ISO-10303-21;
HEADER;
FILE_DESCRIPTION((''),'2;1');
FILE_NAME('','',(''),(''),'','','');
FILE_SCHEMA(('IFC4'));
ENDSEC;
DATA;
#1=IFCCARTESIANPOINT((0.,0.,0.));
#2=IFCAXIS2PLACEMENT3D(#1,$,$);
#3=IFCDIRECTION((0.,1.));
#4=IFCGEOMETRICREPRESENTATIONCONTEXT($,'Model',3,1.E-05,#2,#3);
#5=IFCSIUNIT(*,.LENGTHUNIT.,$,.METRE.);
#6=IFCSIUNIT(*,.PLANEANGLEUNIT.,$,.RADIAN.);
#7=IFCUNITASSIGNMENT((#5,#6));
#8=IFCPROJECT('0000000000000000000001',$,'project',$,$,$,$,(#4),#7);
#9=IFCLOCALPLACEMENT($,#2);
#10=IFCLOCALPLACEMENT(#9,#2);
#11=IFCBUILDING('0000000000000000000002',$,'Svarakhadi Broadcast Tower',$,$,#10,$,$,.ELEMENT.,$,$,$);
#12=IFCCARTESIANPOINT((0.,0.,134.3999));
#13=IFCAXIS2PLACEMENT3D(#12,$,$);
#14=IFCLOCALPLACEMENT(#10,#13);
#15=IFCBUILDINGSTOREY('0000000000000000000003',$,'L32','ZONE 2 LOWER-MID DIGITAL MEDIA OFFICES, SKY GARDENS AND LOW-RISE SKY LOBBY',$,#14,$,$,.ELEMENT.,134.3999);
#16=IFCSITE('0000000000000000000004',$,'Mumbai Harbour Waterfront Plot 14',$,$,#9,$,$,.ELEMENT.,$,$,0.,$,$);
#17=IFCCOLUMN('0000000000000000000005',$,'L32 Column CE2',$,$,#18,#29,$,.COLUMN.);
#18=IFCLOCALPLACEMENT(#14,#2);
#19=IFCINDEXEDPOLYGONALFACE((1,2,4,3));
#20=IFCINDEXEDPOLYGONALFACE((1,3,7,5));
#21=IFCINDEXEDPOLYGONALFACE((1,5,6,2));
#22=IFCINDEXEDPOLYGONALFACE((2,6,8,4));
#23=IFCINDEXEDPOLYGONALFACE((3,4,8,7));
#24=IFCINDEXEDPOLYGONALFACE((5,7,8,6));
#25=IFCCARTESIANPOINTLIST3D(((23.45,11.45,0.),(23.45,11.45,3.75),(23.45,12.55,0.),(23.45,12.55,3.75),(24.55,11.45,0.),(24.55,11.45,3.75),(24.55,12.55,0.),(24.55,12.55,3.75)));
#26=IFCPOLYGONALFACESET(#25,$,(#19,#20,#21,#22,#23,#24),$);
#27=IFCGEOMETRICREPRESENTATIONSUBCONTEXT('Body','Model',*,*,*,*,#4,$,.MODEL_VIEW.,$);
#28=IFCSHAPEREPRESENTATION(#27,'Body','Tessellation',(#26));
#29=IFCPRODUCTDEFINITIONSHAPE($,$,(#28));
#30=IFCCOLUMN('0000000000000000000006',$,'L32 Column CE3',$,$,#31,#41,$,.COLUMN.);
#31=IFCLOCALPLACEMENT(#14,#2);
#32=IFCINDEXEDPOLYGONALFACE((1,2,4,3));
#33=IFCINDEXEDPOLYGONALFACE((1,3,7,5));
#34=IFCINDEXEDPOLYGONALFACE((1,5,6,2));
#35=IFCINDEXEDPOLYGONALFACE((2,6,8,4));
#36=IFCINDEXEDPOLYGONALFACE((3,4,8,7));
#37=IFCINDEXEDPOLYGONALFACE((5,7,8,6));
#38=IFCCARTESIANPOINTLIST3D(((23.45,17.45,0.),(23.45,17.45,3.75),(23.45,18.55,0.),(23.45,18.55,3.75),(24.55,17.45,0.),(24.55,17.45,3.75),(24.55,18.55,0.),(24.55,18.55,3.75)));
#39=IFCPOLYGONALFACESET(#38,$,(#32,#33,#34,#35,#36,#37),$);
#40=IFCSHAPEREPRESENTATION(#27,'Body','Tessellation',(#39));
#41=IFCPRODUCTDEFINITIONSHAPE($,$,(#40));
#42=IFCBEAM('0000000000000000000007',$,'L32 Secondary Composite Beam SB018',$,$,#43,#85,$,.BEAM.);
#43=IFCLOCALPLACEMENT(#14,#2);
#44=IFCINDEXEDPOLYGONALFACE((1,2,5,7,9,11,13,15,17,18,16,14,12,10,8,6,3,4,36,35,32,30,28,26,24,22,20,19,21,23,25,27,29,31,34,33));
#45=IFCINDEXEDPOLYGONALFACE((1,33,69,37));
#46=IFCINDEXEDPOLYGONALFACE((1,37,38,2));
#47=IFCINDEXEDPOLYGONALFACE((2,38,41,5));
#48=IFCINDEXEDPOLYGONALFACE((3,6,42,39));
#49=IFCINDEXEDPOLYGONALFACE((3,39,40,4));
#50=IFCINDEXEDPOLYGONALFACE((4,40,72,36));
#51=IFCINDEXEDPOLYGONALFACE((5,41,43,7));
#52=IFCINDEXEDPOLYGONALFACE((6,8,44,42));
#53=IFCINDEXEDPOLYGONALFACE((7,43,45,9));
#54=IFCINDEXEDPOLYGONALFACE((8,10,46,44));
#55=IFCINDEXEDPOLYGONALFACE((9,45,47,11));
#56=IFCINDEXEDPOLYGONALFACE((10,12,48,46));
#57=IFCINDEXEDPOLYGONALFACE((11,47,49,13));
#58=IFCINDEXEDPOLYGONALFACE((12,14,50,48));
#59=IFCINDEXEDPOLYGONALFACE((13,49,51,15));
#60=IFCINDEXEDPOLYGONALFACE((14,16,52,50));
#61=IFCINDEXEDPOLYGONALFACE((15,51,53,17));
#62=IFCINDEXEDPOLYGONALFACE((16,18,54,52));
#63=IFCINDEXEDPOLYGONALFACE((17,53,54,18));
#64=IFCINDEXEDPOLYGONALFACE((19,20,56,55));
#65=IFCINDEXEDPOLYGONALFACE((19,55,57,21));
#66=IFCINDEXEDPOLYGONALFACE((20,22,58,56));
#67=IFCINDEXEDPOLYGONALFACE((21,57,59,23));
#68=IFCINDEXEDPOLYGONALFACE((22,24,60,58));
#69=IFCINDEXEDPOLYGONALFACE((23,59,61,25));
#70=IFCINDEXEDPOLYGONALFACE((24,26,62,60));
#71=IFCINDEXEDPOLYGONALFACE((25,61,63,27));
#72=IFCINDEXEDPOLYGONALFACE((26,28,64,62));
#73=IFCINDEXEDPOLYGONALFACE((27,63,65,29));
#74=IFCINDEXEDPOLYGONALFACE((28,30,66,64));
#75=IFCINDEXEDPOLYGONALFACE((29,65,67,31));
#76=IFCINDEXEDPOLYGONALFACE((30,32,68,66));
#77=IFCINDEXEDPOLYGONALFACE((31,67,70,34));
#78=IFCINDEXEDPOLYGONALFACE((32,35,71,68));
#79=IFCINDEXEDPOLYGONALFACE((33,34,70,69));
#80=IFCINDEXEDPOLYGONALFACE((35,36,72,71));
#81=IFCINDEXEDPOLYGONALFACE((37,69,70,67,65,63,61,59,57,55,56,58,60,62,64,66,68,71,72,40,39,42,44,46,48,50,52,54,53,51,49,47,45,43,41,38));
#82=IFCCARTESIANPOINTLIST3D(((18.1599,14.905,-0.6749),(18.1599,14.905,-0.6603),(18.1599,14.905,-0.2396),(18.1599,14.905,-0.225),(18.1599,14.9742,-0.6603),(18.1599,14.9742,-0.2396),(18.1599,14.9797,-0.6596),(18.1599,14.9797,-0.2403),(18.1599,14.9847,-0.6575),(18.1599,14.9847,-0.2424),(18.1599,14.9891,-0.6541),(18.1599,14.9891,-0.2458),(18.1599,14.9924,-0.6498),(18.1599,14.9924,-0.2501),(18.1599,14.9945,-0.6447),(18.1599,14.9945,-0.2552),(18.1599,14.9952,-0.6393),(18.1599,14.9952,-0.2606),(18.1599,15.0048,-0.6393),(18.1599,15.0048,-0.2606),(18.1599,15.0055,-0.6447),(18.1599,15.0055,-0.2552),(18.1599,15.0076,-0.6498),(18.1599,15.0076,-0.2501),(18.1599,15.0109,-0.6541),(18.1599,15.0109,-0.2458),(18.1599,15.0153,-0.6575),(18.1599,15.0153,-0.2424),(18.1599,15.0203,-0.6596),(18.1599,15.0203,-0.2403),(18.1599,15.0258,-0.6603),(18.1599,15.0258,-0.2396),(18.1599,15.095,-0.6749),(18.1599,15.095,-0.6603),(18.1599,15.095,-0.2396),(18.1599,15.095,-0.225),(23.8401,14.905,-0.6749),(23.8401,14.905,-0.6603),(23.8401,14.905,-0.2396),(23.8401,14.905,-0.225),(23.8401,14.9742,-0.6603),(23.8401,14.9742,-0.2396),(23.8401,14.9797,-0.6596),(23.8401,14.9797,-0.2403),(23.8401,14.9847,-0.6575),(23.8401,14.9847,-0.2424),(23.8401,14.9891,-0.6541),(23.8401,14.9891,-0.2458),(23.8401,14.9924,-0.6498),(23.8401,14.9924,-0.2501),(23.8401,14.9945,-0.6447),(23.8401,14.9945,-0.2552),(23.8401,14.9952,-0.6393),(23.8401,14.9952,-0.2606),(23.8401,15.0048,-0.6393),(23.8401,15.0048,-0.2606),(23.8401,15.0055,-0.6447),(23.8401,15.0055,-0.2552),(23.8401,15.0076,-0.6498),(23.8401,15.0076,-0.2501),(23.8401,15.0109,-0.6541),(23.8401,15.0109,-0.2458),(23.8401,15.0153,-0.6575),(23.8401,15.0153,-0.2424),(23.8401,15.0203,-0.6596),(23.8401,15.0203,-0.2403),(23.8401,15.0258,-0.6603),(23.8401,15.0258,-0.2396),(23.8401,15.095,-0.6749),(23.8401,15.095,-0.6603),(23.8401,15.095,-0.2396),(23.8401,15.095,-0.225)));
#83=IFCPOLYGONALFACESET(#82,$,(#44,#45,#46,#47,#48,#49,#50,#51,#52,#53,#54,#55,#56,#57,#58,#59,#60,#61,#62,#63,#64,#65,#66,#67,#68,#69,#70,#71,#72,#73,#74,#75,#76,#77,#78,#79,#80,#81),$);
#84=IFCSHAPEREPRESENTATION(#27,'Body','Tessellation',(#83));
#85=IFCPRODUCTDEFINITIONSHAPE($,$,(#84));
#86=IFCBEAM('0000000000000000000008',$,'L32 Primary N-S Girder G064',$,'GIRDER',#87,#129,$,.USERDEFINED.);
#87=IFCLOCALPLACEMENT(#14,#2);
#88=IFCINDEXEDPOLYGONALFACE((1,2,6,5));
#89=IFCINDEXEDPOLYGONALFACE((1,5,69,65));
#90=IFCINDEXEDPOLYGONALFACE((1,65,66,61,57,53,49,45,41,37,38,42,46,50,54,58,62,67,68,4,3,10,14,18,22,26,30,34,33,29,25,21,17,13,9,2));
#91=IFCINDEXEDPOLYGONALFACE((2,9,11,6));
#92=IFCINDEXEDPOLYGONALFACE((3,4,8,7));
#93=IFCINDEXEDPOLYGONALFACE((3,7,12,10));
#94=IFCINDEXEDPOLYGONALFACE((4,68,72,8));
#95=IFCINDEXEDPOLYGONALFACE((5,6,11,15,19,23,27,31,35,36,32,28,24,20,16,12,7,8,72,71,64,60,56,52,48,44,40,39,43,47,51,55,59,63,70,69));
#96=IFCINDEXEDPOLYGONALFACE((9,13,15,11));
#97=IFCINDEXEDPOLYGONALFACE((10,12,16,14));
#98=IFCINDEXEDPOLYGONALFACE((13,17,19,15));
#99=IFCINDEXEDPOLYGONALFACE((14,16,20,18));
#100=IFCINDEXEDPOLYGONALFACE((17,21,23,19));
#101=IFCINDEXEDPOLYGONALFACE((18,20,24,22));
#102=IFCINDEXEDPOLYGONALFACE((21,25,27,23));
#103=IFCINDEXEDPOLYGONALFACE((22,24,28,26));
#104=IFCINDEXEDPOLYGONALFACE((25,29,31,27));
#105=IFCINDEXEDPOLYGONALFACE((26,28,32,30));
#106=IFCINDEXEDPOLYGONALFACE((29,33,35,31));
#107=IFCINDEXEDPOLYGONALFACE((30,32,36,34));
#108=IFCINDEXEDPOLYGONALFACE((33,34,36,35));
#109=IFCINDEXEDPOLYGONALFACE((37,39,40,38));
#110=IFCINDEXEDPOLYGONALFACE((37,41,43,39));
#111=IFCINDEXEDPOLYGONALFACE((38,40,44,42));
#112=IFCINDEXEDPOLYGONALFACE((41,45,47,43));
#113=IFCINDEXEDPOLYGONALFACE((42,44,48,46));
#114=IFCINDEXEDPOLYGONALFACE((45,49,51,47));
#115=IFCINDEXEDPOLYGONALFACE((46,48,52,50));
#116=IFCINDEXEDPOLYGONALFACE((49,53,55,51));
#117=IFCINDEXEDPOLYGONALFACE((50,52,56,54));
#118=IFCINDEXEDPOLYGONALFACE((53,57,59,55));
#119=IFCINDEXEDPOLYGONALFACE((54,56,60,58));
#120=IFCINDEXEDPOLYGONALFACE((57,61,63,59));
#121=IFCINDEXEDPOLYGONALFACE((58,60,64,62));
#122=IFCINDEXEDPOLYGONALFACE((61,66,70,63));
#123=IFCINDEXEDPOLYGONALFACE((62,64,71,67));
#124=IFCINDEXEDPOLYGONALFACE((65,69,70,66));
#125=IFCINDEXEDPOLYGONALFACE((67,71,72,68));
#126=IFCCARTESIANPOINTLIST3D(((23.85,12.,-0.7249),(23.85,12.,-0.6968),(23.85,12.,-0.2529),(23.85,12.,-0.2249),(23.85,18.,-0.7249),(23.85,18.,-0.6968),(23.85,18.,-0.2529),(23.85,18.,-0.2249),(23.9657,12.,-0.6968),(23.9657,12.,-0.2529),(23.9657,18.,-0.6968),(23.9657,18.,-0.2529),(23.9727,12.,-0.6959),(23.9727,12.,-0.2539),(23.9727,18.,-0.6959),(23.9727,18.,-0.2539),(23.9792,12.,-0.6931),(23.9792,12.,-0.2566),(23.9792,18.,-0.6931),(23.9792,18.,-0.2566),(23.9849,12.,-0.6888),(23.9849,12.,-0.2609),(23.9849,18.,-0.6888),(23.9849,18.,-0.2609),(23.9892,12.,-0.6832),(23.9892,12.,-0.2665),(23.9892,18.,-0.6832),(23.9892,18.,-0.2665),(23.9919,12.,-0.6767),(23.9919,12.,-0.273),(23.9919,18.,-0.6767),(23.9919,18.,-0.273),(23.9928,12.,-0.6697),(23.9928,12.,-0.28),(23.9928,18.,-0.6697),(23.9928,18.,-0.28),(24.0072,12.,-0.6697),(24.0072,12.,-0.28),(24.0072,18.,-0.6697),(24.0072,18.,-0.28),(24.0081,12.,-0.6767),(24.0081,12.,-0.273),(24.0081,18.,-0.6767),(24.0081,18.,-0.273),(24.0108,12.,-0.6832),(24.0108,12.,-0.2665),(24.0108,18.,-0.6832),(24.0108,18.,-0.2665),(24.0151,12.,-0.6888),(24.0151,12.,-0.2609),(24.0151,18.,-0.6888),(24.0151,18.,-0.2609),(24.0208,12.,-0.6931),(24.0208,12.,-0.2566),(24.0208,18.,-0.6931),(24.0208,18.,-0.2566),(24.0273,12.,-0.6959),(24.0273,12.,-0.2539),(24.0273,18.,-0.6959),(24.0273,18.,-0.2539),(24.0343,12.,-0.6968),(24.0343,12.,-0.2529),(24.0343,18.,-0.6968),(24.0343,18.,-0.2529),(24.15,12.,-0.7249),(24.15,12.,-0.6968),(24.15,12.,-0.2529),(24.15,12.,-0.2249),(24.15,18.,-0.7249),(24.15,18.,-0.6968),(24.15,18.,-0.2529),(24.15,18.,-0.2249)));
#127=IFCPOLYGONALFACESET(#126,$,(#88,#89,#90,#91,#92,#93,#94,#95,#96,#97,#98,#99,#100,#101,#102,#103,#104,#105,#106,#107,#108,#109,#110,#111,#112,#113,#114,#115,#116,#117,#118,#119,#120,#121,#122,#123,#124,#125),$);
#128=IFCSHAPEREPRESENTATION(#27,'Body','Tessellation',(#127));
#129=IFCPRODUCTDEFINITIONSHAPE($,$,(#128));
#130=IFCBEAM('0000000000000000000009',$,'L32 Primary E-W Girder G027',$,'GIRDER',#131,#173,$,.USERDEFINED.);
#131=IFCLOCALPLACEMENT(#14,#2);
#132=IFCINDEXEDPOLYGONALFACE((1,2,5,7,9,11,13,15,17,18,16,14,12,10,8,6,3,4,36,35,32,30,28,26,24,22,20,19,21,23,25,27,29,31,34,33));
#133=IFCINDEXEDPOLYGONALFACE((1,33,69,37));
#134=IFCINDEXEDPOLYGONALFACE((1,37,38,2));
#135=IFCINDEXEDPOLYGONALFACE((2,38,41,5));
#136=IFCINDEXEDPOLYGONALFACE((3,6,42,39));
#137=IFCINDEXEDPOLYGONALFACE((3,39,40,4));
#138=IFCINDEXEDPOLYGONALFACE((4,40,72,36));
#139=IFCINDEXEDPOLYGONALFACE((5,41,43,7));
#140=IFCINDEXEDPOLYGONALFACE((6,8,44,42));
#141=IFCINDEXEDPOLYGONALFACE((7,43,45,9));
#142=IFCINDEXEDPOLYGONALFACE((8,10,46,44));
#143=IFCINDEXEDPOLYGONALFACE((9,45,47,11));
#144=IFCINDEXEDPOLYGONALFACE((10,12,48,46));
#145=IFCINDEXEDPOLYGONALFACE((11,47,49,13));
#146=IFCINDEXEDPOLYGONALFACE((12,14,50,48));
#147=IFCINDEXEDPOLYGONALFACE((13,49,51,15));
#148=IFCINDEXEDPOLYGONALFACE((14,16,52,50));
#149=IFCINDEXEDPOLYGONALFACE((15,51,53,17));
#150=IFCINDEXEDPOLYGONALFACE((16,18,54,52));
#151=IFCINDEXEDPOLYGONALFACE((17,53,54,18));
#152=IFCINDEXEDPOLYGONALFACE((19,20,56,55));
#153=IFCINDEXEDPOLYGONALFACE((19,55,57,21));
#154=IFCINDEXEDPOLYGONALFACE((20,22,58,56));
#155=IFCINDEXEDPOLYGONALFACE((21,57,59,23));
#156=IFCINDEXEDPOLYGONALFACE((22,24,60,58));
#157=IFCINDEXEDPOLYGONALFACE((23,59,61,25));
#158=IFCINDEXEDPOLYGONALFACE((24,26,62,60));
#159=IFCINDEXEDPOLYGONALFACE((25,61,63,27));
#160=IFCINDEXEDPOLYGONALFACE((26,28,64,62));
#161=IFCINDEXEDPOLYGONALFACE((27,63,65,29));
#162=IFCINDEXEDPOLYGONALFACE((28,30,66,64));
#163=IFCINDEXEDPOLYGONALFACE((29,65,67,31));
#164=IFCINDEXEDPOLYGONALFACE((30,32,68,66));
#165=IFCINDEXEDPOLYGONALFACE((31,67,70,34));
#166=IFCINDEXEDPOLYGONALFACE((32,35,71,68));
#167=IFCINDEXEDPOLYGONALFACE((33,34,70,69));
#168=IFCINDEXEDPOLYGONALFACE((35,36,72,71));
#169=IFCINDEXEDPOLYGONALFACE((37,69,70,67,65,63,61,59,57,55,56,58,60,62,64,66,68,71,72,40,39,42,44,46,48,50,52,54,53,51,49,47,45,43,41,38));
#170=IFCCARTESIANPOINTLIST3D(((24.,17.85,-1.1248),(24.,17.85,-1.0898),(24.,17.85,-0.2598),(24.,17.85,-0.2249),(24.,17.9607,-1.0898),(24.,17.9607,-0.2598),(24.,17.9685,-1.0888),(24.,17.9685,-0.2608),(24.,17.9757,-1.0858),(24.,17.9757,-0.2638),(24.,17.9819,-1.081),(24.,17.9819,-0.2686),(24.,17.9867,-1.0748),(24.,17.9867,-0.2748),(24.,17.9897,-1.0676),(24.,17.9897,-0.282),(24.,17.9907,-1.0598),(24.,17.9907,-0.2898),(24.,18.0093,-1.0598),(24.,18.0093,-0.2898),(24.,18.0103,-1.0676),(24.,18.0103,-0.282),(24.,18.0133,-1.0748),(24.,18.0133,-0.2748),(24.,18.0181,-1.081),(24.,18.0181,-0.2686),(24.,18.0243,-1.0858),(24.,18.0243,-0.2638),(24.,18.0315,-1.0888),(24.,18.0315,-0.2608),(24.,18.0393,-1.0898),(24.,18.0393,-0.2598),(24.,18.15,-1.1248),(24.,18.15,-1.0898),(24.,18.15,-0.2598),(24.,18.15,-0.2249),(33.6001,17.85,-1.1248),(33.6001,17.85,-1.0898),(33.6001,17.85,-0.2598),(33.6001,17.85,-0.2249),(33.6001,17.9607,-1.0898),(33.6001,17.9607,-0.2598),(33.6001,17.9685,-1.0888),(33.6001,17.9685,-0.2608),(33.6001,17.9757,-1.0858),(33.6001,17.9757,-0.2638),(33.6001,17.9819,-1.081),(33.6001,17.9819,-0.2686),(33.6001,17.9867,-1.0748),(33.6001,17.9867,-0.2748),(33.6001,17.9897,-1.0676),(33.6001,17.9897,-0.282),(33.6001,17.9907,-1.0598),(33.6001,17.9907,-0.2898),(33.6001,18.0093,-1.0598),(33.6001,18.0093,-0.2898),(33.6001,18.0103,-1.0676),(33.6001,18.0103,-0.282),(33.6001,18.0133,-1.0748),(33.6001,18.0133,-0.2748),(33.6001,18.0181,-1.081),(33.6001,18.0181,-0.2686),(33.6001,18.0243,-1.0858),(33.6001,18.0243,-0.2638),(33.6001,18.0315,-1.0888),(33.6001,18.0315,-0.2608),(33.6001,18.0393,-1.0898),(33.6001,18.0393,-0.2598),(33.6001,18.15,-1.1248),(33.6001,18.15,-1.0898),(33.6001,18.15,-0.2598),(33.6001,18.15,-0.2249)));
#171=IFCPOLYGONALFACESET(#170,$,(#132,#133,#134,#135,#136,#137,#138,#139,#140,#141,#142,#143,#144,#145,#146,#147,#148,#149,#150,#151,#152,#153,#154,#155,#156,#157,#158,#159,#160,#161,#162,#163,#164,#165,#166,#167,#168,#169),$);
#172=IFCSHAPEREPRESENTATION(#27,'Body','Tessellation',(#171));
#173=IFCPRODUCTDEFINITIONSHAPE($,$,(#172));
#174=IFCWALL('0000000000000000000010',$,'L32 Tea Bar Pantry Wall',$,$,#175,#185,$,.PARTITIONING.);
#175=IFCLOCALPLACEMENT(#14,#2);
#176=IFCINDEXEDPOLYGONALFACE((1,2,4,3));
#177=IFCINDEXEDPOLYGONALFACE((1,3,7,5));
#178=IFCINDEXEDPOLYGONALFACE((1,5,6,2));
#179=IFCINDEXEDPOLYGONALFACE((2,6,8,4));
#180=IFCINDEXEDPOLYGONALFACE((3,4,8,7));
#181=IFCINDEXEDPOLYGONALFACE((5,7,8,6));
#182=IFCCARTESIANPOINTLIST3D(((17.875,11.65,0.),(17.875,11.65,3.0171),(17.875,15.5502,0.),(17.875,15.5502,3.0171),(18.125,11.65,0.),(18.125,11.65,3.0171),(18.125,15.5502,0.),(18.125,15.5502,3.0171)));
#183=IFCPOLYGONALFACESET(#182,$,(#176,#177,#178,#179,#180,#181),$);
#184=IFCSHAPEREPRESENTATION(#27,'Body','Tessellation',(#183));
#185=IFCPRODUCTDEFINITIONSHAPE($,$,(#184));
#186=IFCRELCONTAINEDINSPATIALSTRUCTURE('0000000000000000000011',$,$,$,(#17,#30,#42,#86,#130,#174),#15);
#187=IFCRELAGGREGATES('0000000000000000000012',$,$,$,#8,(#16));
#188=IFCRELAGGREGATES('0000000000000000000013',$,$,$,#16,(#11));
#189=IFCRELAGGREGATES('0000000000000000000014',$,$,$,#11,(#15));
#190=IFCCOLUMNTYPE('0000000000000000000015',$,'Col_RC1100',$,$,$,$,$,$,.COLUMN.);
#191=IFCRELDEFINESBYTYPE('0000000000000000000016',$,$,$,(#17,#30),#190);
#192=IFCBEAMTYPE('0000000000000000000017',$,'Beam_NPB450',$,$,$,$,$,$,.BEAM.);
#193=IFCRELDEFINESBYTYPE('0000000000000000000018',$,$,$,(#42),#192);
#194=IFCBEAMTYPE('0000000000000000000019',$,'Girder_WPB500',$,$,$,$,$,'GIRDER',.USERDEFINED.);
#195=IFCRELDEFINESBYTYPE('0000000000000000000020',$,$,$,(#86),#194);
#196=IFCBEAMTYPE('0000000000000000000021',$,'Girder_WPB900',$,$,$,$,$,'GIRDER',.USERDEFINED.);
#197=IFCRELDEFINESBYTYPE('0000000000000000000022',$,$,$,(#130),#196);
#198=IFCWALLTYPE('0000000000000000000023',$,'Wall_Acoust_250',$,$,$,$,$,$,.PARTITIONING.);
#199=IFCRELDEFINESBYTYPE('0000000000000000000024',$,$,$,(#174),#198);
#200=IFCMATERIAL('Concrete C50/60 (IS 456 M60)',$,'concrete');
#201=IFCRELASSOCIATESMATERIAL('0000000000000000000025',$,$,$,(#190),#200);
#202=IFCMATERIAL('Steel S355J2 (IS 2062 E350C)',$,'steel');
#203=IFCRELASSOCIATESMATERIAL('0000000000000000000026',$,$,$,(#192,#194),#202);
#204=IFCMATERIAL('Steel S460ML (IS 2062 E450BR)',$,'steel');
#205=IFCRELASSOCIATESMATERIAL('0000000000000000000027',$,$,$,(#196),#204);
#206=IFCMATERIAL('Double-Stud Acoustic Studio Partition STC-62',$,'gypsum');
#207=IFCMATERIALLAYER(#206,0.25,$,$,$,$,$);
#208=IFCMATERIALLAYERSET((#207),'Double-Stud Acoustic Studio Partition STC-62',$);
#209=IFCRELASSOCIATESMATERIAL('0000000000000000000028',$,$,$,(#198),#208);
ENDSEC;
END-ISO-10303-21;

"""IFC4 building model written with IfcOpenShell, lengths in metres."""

from ifc_helpers import new_model, si_unit, direction, frame, frame_2d, origin, origin_2d, place, context, subcontext, project, spatial, rectangle, i_section, extrude, material, layer, layer_set, material_profile, profile_set, type_object, element, save


model = new_model("IFC4")

# Units and contexts
model_context = context("Model", 3, precision=1e-05, world=origin(), true_north=direction((0.0, 1.0)))
body_context = subcontext(model_context, "Body", "Model", "MODEL_VIEW")
ifc_project = project(units=[si_unit("LENGTHUNIT", "METRE"), si_unit("PLANEANGLEUNIT", "RADIAN")], contexts=[model_context])

# Site, building, storey
site_placement = place(None, origin())
site = spatial("IfcSite", under=ifc_project, at=site_placement, Name="Mumbai Harbour Waterfront Plot 14", CompositionType="ELEMENT", RefElevation=0.0)
building_placement = place(site_placement, origin())
building = spatial("IfcBuilding", under=site, at=building_placement, Name="Svarakhadi Broadcast Tower", CompositionType="ELEMENT")
storey_placement = place(building_placement, frame((0.0, 0.0, 134.3999)))
storey = spatial("IfcBuildingStorey", under=building, at=storey_placement, Name="L32", Description="ZONE 2 LOWER-MID DIGITAL MEDIA OFFICES, SKY GARDENS AND LOW-RISE SKY LOBBY", CompositionType="ELEMENT", Elevation=134.3999)

# Columns
ifc_material_1 = material(Name="Concrete C50/60 (IS 456 M60)", Category="concrete")
ifc_material_profile_1 = material_profile(ifc_material_1, rectangle(XDim=1.1001, YDim=1.1001, at=origin_2d()), Name="RC 1100x1100")
ifc_profile_set_1 = profile_set([ifc_material_profile_1], Name="Concrete C50/60 (IS 456 M60)")
column_type = type_object("IfcColumnType", Name="Col_RC1100", PredefinedType="COLUMN", material=ifc_profile_set_1)
for number, where, z_axis, x_axis, name in (
    (1, (24.0, 12.0, 0.0), (0.0, 0.0, 1.0), (1.0, 0.0, 0.0), "L32 Column CE2"),
    (2, (24.0, 18.0, 0.0), (0.0, 0.0, 1.0), (1.0, 0.0, 0.0), "L32 Column CE3"),
):
    element("IfcColumn", number, at=place(storey_placement, frame(where, z_axis=z_axis, x_axis=x_axis)), inside=storey, type_object=column_type, Name=name, PredefinedType="COLUMN", context=body_context, shape_type="SweptSolid", body=[
        extrude(rectangle(XDim=1.1001, YDim=1.1001, at=origin_2d()), origin(), (0.0, 0.0, 1.0), 3.75),
    ])

# Beams
ifc_material_2 = material(Name="Steel S355J2 (IS 2062 E350C)", Category="steel")
ifc_material_profile_2 = material_profile(ifc_material_2, i_section(OverallWidth=0.1899, OverallDepth=0.45, WebThickness=0.0095, FlangeThickness=0.0146, FilletRadius=0.021, at=origin_2d()), Name="NPB 450x190x78")
ifc_profile_set_2 = profile_set([ifc_material_profile_2], Name="Steel S355J2 (IS 2062 E350C)")
beam_type_1 = type_object("IfcBeamType", Name="Beam_NPB450", PredefinedType="BEAM", material=ifc_profile_set_2)
beam_1_placement = place(storey_placement, frame((18.1599, 15.0, -0.45), z_axis=(1.0, 0.0, 0.0), x_axis=(0.0, 1.0, 0.0)))
element("IfcBeam", 3, at=beam_1_placement, inside=storey, type_object=beam_type_1, Name="L32 Secondary Composite Beam SB018", PredefinedType="BEAM", context=body_context, shape_type="SweptSolid", body=[
    extrude(i_section(OverallWidth=0.1899, OverallDepth=0.45, WebThickness=0.0095, FlangeThickness=0.0146, FilletRadius=0.021, at=origin_2d()), origin(), (0.0, 0.0, 1.0), 5.6802),
])
ifc_material_profile_3 = material_profile(ifc_material_2, i_section(OverallWidth=0.3, OverallDepth=0.5, WebThickness=0.0144, FlangeThickness=0.0281, FilletRadius=0.0271, at=origin_2d()), Name="WPB 500x300x187")
ifc_profile_set_3 = profile_set([ifc_material_profile_3], Name="Steel S355J2 (IS 2062 E350C)")
beam_type_2 = type_object("IfcBeamType", Name="Girder_WPB500", ElementType="GIRDER", PredefinedType="USERDEFINED", material=ifc_profile_set_3)
beam_2_placement = place(storey_placement, frame((24.0, 12.0, -0.4749), z_axis=(0.0, 1.0, 0.0), x_axis=(-1.0, 0.0, 0.0)))
element("IfcBeam", 4, at=beam_2_placement, inside=storey, type_object=beam_type_2, Name="L32 Primary N-S Girder G064", ObjectType="GIRDER", PredefinedType="USERDEFINED", context=body_context, shape_type="SweptSolid", body=[
    extrude(i_section(OverallWidth=0.3, OverallDepth=0.5, WebThickness=0.0144, FlangeThickness=0.0281, FilletRadius=0.0271, at=origin_2d()), origin(), (0.0, 0.0, 1.0), 6.0),
])
ifc_material_3 = material(Name="Steel S460ML (IS 2062 E450BR)", Category="steel")
ifc_material_profile_4 = material_profile(ifc_material_3, i_section(OverallWidth=0.3, OverallDepth=0.8999, WebThickness=0.0186, FlangeThickness=0.0349, FilletRadius=0.03, at=origin_2d()), Name="WPB 900x300x291")
ifc_profile_set_4 = profile_set([ifc_material_profile_4], Name="Steel S460ML (IS 2062 E450BR)")
beam_type_3 = type_object("IfcBeamType", Name="Girder_WPB900", ElementType="GIRDER", PredefinedType="USERDEFINED", material=ifc_profile_set_4)
beam_3_placement = place(storey_placement, frame((24.0, 18.0, -0.6748), z_axis=(1.0, 0.0, 0.0), x_axis=(0.0, 1.0, 0.0)))
element("IfcBeam", 5, at=beam_3_placement, inside=storey, type_object=beam_type_3, Name="L32 Primary E-W Girder G027", ObjectType="GIRDER", PredefinedType="USERDEFINED", context=body_context, shape_type="SweptSolid", body=[
    extrude(i_section(OverallWidth=0.3, OverallDepth=0.8999, WebThickness=0.0186, FlangeThickness=0.0349, FilletRadius=0.03, at=origin_2d()), origin(), (0.0, 0.0, 1.0), 9.6001),
])

# Wall
ifc_material_4 = material(Name="Double-Stud Acoustic Studio Partition STC-62", Category="gypsum")
ifc_layer_1 = layer(ifc_material_4, 0.25)
ifc_layer_set_1 = layer_set([ifc_layer_1], Name="Double-Stud Acoustic Studio Partition STC-62")
wall_type_1 = type_object("IfcWallType", Name="Wall_Acoust_250", PredefinedType="PARTITIONING", material=ifc_layer_set_1)
wall_1_placement = place(storey_placement, frame((18.0, 11.6499, 0.0), z_axis=(0.0, 0.0, 1.0), x_axis=(0.0, 1.0, 0.0)))
element("IfcWall", 6, at=wall_1_placement, inside=storey, type_object=wall_type_1, Name="L32 Tea Bar Pantry Wall", PredefinedType="PARTITIONING", context=body_context, shape_type="SweptSolid", body=[
    extrude(rectangle(XDim=3.9001, YDim=0.25, at=frame_2d((1.9502, 0.0))), origin(), (0.0, 0.0, 1.0), 3.0171),
])

save(model, "model.ifc")
